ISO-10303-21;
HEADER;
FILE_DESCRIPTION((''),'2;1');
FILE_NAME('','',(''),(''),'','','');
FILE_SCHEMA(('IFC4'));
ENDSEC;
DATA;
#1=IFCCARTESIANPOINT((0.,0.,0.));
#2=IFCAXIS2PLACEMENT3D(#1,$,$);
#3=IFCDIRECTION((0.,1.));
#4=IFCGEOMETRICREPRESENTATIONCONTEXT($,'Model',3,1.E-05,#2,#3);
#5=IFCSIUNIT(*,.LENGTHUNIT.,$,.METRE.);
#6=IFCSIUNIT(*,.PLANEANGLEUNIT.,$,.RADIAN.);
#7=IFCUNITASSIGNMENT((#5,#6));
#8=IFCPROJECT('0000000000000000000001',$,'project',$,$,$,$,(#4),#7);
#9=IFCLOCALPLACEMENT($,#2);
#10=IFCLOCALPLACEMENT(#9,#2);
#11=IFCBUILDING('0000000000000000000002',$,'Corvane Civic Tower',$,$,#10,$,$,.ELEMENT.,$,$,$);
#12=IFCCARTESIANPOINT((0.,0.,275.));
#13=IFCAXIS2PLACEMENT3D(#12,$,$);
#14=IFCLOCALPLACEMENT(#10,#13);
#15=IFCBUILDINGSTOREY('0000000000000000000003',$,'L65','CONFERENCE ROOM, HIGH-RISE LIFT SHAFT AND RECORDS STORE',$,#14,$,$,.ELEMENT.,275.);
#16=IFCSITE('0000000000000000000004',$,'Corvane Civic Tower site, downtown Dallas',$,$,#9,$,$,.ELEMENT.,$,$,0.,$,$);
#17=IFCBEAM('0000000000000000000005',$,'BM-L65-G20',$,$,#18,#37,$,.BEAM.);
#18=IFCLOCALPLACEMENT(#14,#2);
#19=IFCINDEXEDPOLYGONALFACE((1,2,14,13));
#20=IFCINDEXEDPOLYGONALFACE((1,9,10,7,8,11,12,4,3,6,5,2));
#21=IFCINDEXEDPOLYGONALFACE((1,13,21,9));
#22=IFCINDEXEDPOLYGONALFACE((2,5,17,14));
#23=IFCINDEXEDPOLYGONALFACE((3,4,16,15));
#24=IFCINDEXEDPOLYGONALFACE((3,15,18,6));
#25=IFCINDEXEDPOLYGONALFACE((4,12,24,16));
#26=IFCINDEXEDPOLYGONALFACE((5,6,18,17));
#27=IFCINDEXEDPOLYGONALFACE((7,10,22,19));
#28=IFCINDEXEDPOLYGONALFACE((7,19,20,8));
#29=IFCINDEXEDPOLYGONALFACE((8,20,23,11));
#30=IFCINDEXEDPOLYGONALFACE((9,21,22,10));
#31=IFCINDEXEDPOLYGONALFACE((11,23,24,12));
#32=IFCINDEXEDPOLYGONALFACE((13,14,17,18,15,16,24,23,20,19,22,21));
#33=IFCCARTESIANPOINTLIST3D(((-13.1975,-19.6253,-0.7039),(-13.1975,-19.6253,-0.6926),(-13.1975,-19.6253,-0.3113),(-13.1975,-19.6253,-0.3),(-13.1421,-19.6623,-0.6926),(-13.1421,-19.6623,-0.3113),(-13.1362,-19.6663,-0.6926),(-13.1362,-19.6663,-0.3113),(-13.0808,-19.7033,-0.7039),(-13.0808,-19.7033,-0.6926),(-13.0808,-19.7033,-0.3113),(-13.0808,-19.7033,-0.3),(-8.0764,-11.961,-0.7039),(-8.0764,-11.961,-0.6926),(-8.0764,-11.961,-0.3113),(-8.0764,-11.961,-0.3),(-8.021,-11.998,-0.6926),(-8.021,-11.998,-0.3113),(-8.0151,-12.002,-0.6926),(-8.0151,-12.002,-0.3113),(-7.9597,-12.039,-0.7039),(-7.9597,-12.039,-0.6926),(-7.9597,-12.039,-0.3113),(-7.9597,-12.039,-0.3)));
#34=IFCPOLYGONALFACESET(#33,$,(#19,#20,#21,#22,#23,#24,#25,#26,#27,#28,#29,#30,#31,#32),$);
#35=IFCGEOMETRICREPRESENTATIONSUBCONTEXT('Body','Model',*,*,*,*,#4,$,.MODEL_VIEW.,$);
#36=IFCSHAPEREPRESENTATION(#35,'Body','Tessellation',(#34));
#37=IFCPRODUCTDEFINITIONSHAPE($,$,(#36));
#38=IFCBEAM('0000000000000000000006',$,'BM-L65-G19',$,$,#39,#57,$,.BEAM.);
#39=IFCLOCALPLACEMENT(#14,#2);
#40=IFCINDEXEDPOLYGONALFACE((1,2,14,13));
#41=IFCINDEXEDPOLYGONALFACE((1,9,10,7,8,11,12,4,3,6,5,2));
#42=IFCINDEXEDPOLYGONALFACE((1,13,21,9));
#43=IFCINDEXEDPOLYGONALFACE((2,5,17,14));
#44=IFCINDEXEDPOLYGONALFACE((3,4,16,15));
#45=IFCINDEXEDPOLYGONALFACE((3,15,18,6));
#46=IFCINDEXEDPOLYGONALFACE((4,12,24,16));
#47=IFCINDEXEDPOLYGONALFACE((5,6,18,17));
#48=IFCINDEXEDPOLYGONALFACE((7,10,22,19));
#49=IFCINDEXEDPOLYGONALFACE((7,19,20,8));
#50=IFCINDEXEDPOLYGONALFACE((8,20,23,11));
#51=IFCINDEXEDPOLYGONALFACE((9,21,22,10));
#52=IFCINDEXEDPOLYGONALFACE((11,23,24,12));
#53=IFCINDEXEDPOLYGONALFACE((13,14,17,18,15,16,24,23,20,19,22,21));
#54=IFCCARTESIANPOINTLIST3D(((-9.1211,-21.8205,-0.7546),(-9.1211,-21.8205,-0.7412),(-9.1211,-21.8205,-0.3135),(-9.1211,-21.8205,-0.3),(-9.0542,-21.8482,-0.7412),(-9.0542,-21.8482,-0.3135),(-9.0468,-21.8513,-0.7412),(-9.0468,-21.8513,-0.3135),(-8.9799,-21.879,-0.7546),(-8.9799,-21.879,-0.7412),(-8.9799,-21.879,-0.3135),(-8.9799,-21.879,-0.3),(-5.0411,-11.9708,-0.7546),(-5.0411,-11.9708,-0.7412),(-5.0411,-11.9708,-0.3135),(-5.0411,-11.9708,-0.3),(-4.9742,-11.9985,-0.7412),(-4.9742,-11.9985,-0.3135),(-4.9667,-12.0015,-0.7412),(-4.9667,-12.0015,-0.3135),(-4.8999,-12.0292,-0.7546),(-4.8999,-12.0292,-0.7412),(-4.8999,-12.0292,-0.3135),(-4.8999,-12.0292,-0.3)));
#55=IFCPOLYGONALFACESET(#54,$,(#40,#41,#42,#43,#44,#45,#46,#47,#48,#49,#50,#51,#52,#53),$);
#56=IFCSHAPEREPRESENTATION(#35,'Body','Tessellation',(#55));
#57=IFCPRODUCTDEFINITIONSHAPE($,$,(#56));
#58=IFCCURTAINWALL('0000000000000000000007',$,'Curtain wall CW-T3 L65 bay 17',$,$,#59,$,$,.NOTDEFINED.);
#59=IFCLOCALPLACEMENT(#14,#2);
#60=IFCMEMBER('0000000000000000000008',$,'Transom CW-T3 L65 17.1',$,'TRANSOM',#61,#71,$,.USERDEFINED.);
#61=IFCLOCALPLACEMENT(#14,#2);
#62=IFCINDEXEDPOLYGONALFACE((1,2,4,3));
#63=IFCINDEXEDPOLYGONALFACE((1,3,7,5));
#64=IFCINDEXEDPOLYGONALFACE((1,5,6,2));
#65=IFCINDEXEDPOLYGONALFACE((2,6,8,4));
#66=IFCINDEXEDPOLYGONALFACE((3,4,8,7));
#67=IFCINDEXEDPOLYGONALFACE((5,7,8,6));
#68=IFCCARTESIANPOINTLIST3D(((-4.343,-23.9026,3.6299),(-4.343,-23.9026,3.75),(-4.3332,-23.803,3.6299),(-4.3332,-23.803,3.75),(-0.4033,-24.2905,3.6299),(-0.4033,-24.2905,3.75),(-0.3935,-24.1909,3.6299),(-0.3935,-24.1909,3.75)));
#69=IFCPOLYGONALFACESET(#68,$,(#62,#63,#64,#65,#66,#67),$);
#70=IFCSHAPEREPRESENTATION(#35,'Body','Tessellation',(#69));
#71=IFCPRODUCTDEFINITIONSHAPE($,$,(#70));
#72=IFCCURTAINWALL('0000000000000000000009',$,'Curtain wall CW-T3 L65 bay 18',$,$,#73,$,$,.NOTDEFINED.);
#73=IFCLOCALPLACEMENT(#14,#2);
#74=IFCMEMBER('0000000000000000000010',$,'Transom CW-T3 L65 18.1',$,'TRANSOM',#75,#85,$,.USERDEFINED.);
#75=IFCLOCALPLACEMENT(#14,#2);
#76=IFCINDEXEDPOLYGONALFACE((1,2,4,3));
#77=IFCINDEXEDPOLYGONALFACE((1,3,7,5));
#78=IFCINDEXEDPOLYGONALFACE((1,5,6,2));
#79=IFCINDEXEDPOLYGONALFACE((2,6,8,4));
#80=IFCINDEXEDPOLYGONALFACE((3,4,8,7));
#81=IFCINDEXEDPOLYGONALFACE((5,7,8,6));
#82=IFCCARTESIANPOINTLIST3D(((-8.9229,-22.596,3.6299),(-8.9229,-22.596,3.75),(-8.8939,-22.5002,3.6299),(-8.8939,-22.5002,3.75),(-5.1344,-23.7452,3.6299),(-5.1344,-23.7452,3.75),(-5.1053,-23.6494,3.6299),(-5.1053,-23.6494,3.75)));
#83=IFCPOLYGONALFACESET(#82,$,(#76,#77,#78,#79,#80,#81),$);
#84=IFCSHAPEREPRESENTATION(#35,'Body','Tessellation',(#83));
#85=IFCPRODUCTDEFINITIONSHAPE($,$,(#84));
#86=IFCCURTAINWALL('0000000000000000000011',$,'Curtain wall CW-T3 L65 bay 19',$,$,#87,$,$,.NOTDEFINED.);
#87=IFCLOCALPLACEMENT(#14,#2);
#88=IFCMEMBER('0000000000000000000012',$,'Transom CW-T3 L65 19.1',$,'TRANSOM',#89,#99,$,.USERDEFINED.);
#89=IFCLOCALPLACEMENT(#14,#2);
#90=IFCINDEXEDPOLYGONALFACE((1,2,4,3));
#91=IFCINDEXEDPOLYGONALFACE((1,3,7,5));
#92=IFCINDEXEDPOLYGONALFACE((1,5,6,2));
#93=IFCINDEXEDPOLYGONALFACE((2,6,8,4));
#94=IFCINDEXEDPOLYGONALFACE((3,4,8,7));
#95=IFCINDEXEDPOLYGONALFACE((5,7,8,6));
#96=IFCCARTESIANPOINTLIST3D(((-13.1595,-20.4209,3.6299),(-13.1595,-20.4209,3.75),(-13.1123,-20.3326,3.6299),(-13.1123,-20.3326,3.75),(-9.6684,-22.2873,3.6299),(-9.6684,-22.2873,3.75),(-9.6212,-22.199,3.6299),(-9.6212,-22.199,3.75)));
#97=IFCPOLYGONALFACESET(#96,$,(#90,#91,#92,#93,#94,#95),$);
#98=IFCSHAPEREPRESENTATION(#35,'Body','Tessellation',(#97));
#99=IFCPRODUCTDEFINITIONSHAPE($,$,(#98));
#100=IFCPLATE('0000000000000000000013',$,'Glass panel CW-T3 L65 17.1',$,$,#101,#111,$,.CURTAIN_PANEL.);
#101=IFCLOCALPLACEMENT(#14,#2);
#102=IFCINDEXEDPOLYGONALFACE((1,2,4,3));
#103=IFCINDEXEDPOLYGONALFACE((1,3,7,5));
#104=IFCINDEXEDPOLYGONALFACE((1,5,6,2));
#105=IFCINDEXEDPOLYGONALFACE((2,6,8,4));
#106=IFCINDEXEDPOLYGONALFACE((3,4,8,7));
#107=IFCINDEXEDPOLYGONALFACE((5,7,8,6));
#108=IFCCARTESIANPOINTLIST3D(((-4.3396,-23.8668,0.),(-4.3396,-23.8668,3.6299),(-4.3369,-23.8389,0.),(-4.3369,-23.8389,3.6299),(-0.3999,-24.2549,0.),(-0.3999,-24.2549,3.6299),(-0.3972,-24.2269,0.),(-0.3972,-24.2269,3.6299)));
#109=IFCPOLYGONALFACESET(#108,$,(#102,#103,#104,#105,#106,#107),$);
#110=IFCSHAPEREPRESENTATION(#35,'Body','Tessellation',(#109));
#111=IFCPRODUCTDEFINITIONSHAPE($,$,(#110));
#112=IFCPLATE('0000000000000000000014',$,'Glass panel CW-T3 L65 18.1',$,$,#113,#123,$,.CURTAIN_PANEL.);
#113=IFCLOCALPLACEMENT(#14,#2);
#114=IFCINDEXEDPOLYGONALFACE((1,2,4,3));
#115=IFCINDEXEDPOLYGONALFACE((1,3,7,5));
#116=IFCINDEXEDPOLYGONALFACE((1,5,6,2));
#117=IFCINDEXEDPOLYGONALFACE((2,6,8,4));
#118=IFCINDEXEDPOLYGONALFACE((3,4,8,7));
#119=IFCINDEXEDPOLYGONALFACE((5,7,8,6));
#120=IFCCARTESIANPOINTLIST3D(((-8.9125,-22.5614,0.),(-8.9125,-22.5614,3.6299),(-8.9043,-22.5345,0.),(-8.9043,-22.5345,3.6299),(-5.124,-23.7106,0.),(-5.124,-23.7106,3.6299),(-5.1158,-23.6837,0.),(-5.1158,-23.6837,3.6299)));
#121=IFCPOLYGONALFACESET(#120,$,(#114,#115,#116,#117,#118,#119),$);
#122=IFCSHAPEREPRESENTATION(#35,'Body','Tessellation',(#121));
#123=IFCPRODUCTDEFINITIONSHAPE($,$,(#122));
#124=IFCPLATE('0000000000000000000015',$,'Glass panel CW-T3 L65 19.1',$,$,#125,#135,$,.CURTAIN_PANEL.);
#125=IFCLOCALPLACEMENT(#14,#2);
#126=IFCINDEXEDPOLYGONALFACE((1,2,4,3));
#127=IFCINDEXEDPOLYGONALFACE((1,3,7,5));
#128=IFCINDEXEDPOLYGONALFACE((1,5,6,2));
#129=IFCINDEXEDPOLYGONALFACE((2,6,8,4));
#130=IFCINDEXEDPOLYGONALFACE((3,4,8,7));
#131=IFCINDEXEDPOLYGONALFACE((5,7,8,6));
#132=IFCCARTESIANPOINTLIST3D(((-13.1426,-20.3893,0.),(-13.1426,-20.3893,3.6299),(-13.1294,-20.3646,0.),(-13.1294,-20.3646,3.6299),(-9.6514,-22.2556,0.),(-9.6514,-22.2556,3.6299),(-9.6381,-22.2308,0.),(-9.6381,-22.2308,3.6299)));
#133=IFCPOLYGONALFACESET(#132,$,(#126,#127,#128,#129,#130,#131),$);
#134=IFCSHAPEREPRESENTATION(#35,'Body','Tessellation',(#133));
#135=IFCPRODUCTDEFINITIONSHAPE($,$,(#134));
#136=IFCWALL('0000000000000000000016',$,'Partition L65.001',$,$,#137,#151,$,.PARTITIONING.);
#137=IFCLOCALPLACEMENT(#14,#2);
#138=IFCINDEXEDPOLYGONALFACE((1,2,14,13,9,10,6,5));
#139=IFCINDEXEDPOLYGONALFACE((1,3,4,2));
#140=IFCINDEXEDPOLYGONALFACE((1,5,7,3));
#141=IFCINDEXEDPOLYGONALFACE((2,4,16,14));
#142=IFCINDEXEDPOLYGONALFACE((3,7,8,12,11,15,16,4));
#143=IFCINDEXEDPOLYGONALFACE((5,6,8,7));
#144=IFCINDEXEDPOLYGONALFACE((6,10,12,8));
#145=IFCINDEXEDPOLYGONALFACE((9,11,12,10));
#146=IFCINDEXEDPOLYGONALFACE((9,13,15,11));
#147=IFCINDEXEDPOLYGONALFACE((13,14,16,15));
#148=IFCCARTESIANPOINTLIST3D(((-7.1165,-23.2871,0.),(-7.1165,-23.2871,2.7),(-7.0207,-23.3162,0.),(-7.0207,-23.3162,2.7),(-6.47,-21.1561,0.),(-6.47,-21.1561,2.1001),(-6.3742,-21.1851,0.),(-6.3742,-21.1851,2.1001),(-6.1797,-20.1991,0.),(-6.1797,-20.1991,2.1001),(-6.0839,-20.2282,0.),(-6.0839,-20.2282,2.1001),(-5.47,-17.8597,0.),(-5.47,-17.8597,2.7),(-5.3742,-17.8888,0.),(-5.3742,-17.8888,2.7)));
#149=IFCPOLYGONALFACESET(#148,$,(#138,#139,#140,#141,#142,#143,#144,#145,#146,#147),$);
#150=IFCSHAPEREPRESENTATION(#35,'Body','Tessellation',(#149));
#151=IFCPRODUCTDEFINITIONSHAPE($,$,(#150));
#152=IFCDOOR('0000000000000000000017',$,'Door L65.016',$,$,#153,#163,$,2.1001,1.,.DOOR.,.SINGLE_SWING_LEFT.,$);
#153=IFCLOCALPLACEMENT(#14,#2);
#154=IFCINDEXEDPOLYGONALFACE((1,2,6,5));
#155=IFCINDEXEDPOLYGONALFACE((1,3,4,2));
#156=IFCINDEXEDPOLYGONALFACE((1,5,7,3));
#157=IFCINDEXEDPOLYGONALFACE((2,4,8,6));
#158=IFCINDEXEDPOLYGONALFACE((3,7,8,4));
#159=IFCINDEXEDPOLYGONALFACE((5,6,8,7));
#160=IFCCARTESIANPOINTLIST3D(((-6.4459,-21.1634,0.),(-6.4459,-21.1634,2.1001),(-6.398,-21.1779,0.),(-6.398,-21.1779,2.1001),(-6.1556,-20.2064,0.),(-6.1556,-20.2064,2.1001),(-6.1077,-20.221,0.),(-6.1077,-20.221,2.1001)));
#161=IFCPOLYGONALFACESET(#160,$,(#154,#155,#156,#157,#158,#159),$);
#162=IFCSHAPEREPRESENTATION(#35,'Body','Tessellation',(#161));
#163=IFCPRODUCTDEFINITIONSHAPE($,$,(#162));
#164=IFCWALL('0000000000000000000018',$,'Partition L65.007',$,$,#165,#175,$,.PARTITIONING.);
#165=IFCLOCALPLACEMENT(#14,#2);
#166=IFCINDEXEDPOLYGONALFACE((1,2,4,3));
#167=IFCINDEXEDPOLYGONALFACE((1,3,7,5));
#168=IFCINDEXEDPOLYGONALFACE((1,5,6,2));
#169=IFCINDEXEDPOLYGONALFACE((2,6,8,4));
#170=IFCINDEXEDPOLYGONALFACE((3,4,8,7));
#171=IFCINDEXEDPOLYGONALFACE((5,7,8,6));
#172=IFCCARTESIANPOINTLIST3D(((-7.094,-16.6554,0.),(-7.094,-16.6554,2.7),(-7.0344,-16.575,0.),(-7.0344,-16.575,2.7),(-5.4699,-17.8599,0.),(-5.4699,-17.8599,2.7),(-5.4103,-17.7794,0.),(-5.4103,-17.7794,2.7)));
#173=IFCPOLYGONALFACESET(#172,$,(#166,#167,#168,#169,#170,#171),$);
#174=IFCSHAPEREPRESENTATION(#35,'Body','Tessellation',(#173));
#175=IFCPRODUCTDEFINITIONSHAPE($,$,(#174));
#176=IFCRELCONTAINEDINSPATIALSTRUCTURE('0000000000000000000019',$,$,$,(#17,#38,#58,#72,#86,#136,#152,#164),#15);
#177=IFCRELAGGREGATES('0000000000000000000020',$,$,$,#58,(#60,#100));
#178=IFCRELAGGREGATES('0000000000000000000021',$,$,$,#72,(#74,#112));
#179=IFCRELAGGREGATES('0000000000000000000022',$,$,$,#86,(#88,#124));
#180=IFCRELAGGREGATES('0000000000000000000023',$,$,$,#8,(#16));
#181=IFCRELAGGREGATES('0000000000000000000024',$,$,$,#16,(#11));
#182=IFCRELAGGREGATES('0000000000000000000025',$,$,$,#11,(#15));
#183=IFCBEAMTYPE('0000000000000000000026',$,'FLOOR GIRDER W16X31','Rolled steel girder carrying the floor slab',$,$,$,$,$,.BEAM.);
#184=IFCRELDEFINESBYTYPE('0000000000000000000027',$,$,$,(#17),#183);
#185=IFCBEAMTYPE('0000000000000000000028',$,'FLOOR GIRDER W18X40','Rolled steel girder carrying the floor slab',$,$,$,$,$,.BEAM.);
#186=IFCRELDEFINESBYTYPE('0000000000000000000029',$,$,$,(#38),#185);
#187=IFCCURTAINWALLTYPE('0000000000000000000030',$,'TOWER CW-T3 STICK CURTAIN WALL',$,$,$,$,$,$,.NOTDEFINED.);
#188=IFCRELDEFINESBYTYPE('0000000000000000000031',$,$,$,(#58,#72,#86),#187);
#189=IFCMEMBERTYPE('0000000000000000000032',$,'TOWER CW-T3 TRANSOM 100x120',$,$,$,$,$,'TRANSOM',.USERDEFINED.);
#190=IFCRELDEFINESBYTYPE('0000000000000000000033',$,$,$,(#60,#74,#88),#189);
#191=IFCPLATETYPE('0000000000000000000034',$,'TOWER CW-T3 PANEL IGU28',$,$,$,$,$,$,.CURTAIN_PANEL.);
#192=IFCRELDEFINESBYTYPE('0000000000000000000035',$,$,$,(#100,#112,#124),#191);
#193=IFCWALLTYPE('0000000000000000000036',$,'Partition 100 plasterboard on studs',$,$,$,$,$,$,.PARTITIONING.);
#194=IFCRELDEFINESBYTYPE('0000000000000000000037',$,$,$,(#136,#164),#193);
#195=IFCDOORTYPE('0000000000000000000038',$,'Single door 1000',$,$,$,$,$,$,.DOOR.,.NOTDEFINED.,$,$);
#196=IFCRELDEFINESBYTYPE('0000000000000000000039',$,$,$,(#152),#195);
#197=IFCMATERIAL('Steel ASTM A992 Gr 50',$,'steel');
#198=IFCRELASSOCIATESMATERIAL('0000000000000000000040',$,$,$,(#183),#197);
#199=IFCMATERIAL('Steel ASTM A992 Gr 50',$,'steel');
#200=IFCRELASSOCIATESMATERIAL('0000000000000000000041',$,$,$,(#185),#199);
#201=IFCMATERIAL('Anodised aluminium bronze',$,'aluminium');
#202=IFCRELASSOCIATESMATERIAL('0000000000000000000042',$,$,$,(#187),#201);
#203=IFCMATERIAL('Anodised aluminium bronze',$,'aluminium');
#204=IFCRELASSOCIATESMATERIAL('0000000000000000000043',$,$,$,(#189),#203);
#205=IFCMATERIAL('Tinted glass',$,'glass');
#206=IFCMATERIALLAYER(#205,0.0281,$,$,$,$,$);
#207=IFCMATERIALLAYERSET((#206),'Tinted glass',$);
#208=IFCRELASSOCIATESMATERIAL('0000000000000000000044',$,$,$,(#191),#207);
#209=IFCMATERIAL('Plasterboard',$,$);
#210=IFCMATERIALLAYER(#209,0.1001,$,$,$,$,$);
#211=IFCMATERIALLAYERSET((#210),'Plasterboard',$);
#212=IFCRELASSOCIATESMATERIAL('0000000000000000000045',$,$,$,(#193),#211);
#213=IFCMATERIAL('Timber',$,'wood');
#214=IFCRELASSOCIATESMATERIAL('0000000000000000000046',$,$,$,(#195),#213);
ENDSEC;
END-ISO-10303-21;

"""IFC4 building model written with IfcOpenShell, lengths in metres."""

from ifc_helpers import new_model, si_unit, direction, frame, frame_2d, origin, origin_2d, place, context, subcontext, project, spatial, rectangle, i_section, extrude, material, layer, layer_set, material_profile, profile_set, type_object, element, fill, aggregate, save


model = new_model("IFC4")

# Units and contexts
model_context = context("Model", 3, precision=1e-05, world=origin(), true_north=direction((0.0, 1.0)))
body_context = subcontext(model_context, "Body", "Model", "MODEL_VIEW")
ifc_project = project(units=[si_unit("LENGTHUNIT", "METRE"), si_unit("PLANEANGLEUNIT", "RADIAN")], contexts=[model_context])

# Site, building, storey
site_placement = place(None, origin())
site = spatial("IfcSite", under=ifc_project, at=site_placement, Name="Corvane Civic Tower site, downtown Dallas", CompositionType="ELEMENT", RefElevation=0.0)
building_placement = place(site_placement, origin())
building = spatial("IfcBuilding", under=site, at=building_placement, Name="Corvane Civic Tower", CompositionType="ELEMENT")
storey_placement = place(building_placement, frame((0.0, 0.0, 275.0)))
storey = spatial("IfcBuildingStorey", under=building, at=storey_placement, Name="L65", Description="CONFERENCE ROOM, HIGH-RISE LIFT SHAFT AND RECORDS STORE", CompositionType="ELEMENT", Elevation=275.0)

# Beams
ifc_material_1 = material(Name="Steel ASTM A992 Gr 50", Category="steel")
ifc_material_profile_1 = material_profile(ifc_material_1, i_section(OverallWidth=0.1404, OverallDepth=0.4038, WebThickness=0.0071, FlangeThickness=0.0112, at=origin_2d()), Name="W16X31")
ifc_profile_set_1 = profile_set([ifc_material_profile_1], Name="Steel ASTM A992 Gr 50")
beam_type_1 = type_object("IfcBeamType", Name="FLOOR GIRDER W16X31", Description="Rolled steel girder carrying the floor slab", PredefinedType="BEAM", material=ifc_profile_set_1)
beam_1_placement = place(storey_placement, frame((-8.0181, -12.0, -0.502), z_axis=(-0.555568, -0.831471, 0.0), x_axis=(0.831471, -0.555568, 0.0)))
element("IfcBeam", 1, at=beam_1_placement, inside=storey, type_object=beam_type_1, Name="BM-L65-G20", PredefinedType="BEAM", context=body_context, shape_type="SweptSolid", body=[
    extrude(i_section(OverallWidth=0.1404, OverallDepth=0.4038, WebThickness=0.0071, FlangeThickness=0.0112, at=origin_2d()), origin(), (0.0, 0.0, 1.0), 9.2178),
])
ifc_material_2 = material(Name="Steel ASTM A992 Gr 50", Category="steel")
ifc_material_profile_2 = material_profile(ifc_material_2, i_section(OverallWidth=0.1528, OverallDepth=0.4546, WebThickness=0.0081, FlangeThickness=0.0134, at=origin_2d()), Name="W18X40")
ifc_profile_set_2 = profile_set([ifc_material_profile_2], Name="Steel ASTM A992 Gr 50")
beam_type_2 = type_object("IfcBeamType", Name="FLOOR GIRDER W18X40", Description="Rolled steel girder carrying the floor slab", PredefinedType="BEAM", material=ifc_profile_set_2)
beam_2_placement = place(storey_placement, frame((-4.9705, -12.0, -0.5273), z_axis=(-0.382694, -0.923875, 0.0), x_axis=(0.923875, -0.382694, 0.0)))
element("IfcBeam", 2, at=beam_2_placement, inside=storey, type_object=beam_type_2, Name="BM-L65-G19", PredefinedType="BEAM", context=body_context, shape_type="SweptSolid", body=[
    extrude(i_section(OverallWidth=0.1528, OverallDepth=0.4546, WebThickness=0.0081, FlangeThickness=0.0134, at=origin_2d()), origin(), (0.0, 0.0, 1.0), 10.6614),
])

# Curtain walls, members
ifc_material_3 = material(Name="Anodised aluminium bronze", Category="aluminium")
curtain_wall_type = type_object("IfcCurtainWallType", Name="TOWER CW-T3 STICK CURTAIN WALL", PredefinedType="NOTDEFINED", material=ifc_material_3)
curtain_wall_1_placement = place(storey_placement, origin())
curtain_wall_1 = element("IfcCurtainWall", 3, at=curtain_wall_1_placement, inside=storey, type_object=curtain_wall_type, Name="Curtain wall CW-T3 L65 bay 17", PredefinedType="NOTDEFINED")
ifc_material_4 = material(Name="Anodised aluminium bronze", Category="aluminium")
ifc_material_profile_3 = material_profile(ifc_material_4, rectangle(XDim=0.1001, YDim=0.1201, at=origin_2d()), Name="TOWER CW-T3 TRANSOM 100x120")
ifc_profile_set_3 = profile_set([ifc_material_profile_3], Name="Anodised aluminium bronze")
member_type = type_object("IfcMemberType", Name="TOWER CW-T3 TRANSOM 100x120", ElementType="TRANSOM", PredefinedType="USERDEFINED", material=ifc_profile_set_3)
member_1_placement = place(storey_placement, frame((-0.3984, -24.2407, 3.6899), z_axis=(-0.995187, 0.097995, 0.0), x_axis=(-0.097995, -0.995187, 0.0)))
member_1 = element("IfcMember", 4, at=member_1_placement, type_object=member_type, Name="Transom CW-T3 L65 17.1", ObjectType="TRANSOM", PredefinedType="USERDEFINED", context=body_context, shape_type="SweptSolid", body=[
    extrude(rectangle(XDim=0.1001, YDim=0.1201, at=origin_2d()), origin(), (0.0, 0.0, 1.0), 3.9587),
])
curtain_wall_2_placement = place(storey_placement, origin())
curtain_wall_2 = element("IfcCurtainWall", 5, at=curtain_wall_2_placement, inside=storey, type_object=curtain_wall_type, Name="Curtain wall CW-T3 L65 bay 18", PredefinedType="NOTDEFINED")
member_2_placement = place(storey_placement, frame((-5.1199, -23.6973, 3.6899), z_axis=(-0.956946, 0.290266, 0.0), x_axis=(-0.290266, -0.956946, 0.0)))
member_2 = element("IfcMember", 6, at=member_2_placement, type_object=member_type, Name="Transom CW-T3 L65 18.1", ObjectType="TRANSOM", PredefinedType="USERDEFINED", context=body_context, shape_type="SweptSolid", body=[
    extrude(rectangle(XDim=0.1001, YDim=0.1201, at=origin_2d()), origin(), (0.0, 0.0, 1.0), 3.959),
])
curtain_wall_3_placement = place(storey_placement, origin())
curtain_wall_3 = element("IfcCurtainWall", 7, at=curtain_wall_3_placement, inside=storey, type_object=curtain_wall_type, Name="Curtain wall CW-T3 L65 bay 19", PredefinedType="NOTDEFINED")
member_3_placement = place(storey_placement, frame((-9.6448, -22.2432, 3.6899), z_axis=(-0.881883, 0.471468, 0.0), x_axis=(-0.471468, -0.881883, 0.0)))
member_3 = element("IfcMember", 8, at=member_3_placement, type_object=member_type, Name="Transom CW-T3 L65 19.1", ObjectType="TRANSOM", PredefinedType="USERDEFINED", context=body_context, shape_type="SweptSolid", body=[
    extrude(rectangle(XDim=0.1001, YDim=0.1201, at=origin_2d()), origin(), (0.0, 0.0, 1.0), 3.9587),
])

# Plates
ifc_material_5 = material(Name="Tinted glass", Category="glass")
ifc_layer_1 = layer(ifc_material_5, 0.0281)
ifc_layer_set_1 = layer_set([ifc_layer_1], Name="Tinted glass")
plate_type = type_object("IfcPlateType", Name="TOWER CW-T3 PANEL IGU28", PredefinedType="CURTAIN_PANEL", material=ifc_layer_set_1)
plate_1_placement = place(storey_placement, frame((-2.3684, -24.0469, 0.0), z_axis=(0.0, 0.0, 1.0), x_axis=(-0.995184, 0.098021, 0.0)))
plate_1 = element("IfcPlate", 9, at=plate_1_placement, type_object=plate_type, Name="Glass panel CW-T3 L65 17.1", PredefinedType="CURTAIN_PANEL", context=body_context, shape_type="SweptSolid", body=[
    extrude(rectangle(XDim=3.9587, YDim=0.0281, at=origin_2d()), origin(), (0.0, 0.0, 1.0), 3.6299),
])
aggregate(curtain_wall_1, [member_1, plate_1])
plate_2_placement = place(storey_placement, frame((-7.0142, -23.1226, 0.0), z_axis=(0.0, 0.0, 1.0), x_axis=(-0.956944, 0.290274, 0.0)))
plate_2 = element("IfcPlate", 10, at=plate_2_placement, type_object=plate_type, Name="Glass panel CW-T3 L65 18.1", PredefinedType="CURTAIN_PANEL", context=body_context, shape_type="SweptSolid", body=[
    extrude(rectangle(XDim=3.959, YDim=0.0281, at=origin_2d()), origin(), (0.0, 0.0, 1.0), 3.6299),
])
aggregate(curtain_wall_2, [member_2, plate_2])
plate_3_placement = place(storey_placement, frame((-11.3904, -21.3101, 0.0), z_axis=(0.0, 0.0, 1.0), x_axis=(-0.881908, 0.471421, 0.0)))
plate_3 = element("IfcPlate", 11, at=plate_3_placement, type_object=plate_type, Name="Glass panel CW-T3 L65 19.1", PredefinedType="CURTAIN_PANEL", context=body_context, shape_type="SweptSolid", body=[
    extrude(rectangle(XDim=3.9587, YDim=0.0281, at=origin_2d()), origin(), (0.0, 0.0, 1.0), 3.6299),
])
aggregate(curtain_wall_3, [member_3, plate_3])

# Wall, opening, door
ifc_material_6 = material(Name="Plasterboard")
ifc_layer_2 = layer(ifc_material_6, 0.1001)
ifc_layer_set_2 = layer_set([ifc_layer_2], Name="Plasterboard")
wall_type = type_object("IfcWallType", Name="Partition 100 plasterboard on studs", PredefinedType="PARTITIONING", material=ifc_layer_set_2)
wall_1_placement = place(storey_placement, frame((-7.0686, -23.3018, 0.0), z_axis=(0.0, 0.0, 1.0), x_axis=(0.290296, 0.956937, 0.0)))
wall_1 = element("IfcWall", 12, at=wall_1_placement, inside=storey, type_object=wall_type, Name="Partition L65.001", PredefinedType="PARTITIONING", context=body_context, shape_type="SweptSolid", body=[
    extrude(rectangle(XDim=5.6716, YDim=0.1001, at=frame_2d((2.8359, 0.0))), origin(), (0.0, 0.0, 1.0), 2.7),
])
opening_placement = place(wall_1_placement, frame((2.2271, 0.0, 0.0)))
opening = element("IfcOpeningElement", 13, at=opening_placement, cuts=wall_1, PredefinedType="OPENING", context=body_context, shape_type="SweptSolid", body=[
    extrude(rectangle(XDim=1.0, YDim=2.1001, at=frame_2d((0.5, 1.05))), frame((0.0, 0.0601, 0.0), z_axis=(0.0, -1.0, 0.0), x_axis=(1.0, 0.0, 0.0)), (0.0, 0.0, 1.0), 0.1201),
])
ifc_material_7 = material(Name="Timber", Category="wood")
door_type = type_object("IfcDoorType", Name="Single door 1000", OperationType="NOTDEFINED", PredefinedType="DOOR", material=ifc_material_7)
door_placement = place(opening_placement, origin())
door = element("IfcDoor", 14, at=door_placement, inside=storey, type_object=door_type, Name="Door L65.016", OperationType="SINGLE_SWING_LEFT", OverallHeight=2.1001, OverallWidth=1.0, PredefinedType="DOOR", context=body_context, shape_type="SweptSolid", body=[
    extrude(rectangle(XDim=1.0, YDim=2.1001, at=frame_2d((0.5, 1.05))), frame((0.0, 0.0249, 0.0), z_axis=(0.0, -1.0, 0.0), x_axis=(1.0, 0.0, 0.0)), (0.0, 0.0, 1.0), 0.05),
])
fill(opening, door)

# Wall
wall_2_placement = place(storey_placement, frame((-7.0642, -16.6152, 0.0), z_axis=(0.0, 0.0, 1.0), x_axis=(0.803234, -0.595664, 0.0)))
element("IfcWall", 15, at=wall_2_placement, inside=storey, type_object=wall_type, Name="Partition L65.007", PredefinedType="PARTITIONING", context=body_context, shape_type="SweptSolid", body=[
    extrude(rectangle(XDim=2.022, YDim=0.1001, at=frame_2d((1.011, 0.0))), origin(), (0.0, 0.0, 1.0), 2.7),
])

save(model, "model.ifc")
